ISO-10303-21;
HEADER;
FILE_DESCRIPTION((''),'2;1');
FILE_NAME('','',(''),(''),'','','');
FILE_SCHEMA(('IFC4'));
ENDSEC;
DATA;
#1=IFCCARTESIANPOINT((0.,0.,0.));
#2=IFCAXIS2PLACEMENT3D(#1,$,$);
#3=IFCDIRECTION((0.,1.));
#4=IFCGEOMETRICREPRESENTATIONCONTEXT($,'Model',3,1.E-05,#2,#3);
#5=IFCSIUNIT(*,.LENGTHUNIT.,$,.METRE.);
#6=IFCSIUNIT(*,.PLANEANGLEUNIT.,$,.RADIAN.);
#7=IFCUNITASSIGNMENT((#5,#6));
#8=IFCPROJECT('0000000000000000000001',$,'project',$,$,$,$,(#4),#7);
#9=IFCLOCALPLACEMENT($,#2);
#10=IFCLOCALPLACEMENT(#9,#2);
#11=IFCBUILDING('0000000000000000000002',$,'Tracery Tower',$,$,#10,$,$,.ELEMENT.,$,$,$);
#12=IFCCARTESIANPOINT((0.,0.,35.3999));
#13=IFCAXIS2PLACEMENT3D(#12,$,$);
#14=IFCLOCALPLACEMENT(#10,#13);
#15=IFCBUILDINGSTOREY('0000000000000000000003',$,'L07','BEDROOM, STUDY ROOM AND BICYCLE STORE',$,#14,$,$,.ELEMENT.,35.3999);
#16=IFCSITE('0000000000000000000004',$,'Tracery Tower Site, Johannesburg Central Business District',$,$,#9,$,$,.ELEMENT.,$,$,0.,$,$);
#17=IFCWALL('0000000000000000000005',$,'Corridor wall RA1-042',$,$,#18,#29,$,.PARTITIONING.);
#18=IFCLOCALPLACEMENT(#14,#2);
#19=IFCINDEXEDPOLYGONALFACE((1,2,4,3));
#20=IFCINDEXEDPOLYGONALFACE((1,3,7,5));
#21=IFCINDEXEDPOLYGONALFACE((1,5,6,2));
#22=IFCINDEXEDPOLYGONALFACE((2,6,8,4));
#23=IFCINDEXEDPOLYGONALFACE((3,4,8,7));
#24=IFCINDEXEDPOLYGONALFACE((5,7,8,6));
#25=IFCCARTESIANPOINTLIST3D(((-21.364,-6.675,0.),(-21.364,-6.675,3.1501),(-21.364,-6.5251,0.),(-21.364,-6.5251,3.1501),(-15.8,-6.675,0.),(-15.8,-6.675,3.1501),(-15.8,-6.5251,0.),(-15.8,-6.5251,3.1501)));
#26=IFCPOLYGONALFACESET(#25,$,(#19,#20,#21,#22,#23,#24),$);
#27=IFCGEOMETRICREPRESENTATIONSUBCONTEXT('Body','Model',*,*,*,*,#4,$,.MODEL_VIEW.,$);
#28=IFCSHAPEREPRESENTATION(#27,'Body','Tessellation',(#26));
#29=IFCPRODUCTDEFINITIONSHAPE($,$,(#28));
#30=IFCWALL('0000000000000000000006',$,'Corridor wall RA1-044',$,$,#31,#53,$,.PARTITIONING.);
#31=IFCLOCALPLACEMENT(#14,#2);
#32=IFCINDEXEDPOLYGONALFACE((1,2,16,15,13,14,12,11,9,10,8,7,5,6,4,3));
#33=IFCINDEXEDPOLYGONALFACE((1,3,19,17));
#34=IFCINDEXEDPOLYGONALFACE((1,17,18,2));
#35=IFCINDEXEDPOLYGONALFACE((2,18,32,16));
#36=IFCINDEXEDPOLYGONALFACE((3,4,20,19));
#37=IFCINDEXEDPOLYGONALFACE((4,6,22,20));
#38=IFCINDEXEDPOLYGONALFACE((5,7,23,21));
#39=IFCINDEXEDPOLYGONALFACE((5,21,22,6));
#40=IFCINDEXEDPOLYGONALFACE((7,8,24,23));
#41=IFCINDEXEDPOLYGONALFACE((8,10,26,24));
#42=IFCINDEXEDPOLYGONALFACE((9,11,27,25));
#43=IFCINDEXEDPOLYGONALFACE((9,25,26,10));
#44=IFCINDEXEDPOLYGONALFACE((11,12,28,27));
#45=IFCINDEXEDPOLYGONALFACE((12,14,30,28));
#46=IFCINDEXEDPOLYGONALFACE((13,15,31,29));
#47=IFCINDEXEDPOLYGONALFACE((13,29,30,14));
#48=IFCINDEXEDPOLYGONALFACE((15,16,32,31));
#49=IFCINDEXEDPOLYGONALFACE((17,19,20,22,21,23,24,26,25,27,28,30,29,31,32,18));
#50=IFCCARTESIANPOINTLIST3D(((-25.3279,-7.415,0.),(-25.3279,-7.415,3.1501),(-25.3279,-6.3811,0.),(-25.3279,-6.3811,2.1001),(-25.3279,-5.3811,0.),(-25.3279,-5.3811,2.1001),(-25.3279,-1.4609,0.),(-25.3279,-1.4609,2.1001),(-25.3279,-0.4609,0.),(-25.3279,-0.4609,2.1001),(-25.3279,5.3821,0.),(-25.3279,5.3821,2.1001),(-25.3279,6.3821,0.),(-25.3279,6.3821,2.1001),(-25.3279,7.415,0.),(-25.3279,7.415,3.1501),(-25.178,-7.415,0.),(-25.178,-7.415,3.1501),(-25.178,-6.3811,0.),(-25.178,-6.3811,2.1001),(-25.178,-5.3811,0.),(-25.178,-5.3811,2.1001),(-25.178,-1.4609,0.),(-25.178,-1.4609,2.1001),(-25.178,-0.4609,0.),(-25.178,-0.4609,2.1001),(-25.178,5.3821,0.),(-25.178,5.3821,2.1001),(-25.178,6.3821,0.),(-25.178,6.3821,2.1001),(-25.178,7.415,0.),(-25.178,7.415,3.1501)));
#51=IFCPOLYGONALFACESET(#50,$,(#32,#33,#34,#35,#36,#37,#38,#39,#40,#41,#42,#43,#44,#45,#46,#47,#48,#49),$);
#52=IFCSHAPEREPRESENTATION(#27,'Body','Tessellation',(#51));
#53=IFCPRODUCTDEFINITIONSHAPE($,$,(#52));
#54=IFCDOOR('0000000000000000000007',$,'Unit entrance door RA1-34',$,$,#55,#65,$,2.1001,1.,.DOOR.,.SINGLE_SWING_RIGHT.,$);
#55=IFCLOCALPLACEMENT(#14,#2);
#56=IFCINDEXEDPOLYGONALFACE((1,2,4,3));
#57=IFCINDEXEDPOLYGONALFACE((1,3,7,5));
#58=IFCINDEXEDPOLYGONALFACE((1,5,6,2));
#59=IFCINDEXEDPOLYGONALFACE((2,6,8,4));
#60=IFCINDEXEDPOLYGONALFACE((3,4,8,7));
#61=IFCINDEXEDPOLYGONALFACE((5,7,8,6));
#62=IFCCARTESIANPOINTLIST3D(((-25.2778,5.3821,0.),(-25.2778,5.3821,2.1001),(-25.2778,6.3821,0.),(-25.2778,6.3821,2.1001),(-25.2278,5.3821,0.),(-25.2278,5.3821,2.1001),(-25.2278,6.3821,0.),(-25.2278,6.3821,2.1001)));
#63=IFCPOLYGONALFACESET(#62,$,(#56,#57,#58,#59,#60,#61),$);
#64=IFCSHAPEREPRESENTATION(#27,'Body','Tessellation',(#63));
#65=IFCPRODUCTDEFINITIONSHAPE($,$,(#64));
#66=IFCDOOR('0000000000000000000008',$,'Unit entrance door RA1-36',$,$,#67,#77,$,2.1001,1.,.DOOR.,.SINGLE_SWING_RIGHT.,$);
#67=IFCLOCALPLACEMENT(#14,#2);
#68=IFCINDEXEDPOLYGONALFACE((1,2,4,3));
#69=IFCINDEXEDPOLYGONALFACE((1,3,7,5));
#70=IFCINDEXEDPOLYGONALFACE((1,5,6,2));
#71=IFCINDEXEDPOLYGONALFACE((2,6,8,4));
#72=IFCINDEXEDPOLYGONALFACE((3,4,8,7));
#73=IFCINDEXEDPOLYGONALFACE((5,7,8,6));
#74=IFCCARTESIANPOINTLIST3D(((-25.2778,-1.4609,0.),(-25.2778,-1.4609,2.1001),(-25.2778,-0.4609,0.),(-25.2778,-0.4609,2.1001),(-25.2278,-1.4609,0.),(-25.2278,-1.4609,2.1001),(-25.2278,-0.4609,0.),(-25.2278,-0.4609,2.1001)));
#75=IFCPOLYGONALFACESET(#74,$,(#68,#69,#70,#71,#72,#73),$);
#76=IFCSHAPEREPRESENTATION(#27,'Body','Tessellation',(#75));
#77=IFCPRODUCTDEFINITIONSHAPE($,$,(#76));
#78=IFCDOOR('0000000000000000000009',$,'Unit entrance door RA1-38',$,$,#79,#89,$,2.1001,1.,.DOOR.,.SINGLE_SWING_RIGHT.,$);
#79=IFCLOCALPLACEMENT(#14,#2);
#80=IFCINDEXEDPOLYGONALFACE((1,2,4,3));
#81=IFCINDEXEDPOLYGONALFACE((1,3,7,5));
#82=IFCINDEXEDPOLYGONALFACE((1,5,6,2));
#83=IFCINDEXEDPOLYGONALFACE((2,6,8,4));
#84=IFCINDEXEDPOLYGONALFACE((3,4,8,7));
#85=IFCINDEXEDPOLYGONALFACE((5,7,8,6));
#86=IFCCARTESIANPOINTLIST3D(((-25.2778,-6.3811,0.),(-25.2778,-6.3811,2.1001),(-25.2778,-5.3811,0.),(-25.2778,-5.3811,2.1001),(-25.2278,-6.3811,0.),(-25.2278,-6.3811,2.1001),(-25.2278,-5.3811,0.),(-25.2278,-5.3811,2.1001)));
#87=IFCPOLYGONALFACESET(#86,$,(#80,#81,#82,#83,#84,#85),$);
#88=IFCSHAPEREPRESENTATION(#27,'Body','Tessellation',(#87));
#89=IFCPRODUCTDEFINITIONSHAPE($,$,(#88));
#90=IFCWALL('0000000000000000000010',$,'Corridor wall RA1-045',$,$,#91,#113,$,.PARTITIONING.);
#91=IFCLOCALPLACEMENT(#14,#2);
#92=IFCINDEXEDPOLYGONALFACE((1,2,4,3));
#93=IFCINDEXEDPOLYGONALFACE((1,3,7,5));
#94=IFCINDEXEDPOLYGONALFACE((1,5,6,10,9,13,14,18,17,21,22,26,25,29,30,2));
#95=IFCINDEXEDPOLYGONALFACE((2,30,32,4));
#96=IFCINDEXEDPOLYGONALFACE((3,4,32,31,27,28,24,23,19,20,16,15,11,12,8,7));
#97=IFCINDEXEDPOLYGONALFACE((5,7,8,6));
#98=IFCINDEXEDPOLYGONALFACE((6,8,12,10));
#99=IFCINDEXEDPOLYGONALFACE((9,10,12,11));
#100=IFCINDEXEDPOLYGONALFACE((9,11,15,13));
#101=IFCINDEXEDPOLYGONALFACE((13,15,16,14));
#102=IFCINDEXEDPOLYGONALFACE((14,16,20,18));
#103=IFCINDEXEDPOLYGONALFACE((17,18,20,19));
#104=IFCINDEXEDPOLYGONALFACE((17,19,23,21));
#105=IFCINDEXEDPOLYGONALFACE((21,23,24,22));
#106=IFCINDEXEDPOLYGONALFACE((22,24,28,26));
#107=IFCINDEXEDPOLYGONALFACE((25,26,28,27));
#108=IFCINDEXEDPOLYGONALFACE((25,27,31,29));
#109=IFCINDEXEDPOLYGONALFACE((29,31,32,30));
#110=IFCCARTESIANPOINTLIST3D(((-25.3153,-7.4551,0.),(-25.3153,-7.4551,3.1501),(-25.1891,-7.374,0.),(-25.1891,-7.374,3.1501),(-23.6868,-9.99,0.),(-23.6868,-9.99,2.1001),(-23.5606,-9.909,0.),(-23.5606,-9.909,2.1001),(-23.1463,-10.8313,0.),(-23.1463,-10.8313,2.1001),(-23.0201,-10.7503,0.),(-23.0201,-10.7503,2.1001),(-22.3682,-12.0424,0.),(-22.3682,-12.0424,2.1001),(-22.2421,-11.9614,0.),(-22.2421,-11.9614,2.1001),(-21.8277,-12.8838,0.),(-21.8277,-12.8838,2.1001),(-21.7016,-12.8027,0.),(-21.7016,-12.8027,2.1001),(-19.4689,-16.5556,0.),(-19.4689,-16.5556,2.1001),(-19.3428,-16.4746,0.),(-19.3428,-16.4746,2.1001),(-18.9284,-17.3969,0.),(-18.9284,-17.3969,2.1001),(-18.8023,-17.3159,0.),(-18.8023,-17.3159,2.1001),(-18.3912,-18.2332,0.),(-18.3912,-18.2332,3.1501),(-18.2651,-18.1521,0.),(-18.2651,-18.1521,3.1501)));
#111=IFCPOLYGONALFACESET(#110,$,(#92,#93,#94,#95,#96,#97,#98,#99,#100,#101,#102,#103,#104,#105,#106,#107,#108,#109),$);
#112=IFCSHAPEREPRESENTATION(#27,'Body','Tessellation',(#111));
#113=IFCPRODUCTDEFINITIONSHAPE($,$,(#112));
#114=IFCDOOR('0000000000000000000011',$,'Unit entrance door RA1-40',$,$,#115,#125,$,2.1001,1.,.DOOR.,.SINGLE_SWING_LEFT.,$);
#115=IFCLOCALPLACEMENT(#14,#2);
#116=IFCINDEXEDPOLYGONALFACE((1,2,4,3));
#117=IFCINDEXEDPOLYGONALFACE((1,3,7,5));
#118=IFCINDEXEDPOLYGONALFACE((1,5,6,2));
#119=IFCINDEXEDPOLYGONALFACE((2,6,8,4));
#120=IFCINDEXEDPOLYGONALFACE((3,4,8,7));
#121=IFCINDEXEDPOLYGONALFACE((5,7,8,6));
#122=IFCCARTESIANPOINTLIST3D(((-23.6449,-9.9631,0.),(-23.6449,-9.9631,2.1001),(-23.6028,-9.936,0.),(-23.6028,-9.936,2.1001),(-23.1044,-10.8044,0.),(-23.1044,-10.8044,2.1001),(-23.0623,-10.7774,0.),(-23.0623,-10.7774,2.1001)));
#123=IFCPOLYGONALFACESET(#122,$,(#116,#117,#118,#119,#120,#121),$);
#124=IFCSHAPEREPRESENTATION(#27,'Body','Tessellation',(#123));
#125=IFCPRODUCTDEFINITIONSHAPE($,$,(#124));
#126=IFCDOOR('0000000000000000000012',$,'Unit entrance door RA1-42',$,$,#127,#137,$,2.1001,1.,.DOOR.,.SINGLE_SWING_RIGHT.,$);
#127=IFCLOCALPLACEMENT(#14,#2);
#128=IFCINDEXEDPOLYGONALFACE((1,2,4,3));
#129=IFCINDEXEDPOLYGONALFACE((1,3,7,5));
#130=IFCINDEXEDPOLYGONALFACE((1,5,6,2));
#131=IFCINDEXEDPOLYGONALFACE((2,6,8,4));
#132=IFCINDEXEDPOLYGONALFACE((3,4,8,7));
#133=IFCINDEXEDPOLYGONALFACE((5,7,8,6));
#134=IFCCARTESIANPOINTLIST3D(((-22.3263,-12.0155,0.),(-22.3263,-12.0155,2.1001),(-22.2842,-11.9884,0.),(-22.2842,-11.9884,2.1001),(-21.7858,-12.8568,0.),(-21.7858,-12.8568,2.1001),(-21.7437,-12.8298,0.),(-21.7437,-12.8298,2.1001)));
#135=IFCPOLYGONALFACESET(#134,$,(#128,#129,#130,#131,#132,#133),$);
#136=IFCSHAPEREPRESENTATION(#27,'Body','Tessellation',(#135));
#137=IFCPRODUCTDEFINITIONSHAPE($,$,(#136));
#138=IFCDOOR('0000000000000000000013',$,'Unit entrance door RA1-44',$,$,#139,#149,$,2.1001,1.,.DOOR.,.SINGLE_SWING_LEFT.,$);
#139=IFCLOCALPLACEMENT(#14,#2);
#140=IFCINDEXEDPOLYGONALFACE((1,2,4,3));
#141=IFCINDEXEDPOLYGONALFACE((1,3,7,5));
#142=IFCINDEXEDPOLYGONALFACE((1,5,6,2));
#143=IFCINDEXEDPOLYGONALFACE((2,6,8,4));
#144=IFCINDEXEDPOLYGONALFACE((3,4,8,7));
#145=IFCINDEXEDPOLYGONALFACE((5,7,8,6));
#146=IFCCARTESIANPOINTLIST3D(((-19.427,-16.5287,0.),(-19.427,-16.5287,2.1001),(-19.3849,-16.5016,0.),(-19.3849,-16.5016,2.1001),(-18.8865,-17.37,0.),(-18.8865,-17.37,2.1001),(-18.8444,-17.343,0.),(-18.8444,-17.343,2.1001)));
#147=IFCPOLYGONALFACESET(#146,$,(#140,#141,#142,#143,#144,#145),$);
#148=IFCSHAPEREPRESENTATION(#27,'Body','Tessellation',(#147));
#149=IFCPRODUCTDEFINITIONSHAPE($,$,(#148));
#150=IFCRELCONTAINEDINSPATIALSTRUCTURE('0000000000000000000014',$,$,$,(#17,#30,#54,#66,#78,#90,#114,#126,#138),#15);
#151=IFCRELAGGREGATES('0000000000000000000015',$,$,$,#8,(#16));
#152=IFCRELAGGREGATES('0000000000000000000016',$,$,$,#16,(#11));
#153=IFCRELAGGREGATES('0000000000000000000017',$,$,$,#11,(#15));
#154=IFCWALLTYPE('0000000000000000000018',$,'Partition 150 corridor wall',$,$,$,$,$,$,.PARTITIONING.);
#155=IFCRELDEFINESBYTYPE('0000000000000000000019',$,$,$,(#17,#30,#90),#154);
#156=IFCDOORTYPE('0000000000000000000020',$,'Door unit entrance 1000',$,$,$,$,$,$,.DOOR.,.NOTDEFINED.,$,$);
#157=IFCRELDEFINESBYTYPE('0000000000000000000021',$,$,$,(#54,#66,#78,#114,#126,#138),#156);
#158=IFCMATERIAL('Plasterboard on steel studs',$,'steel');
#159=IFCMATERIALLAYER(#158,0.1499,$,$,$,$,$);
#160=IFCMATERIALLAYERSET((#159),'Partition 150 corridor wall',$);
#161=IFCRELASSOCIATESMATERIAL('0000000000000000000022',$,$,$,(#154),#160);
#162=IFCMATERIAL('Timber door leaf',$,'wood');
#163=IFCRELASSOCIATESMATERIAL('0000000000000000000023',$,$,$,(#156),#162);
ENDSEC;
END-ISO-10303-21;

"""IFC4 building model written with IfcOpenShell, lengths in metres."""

from ifc_helpers import new_model, si_unit, direction, frame, frame_2d, origin, place, context, subcontext, project, spatial, rectangle, extrude, material, layer, layer_set, type_object, element, fill, save


model = new_model("IFC4")

# Units and contexts
model_context = context("Model", 3, precision=1e-05, world=origin(), true_north=direction((0.0, 1.0)))
body_context = subcontext(model_context, "Body", "Model", "MODEL_VIEW")
ifc_project = project(units=[si_unit("LENGTHUNIT", "METRE"), si_unit("PLANEANGLEUNIT", "RADIAN")], contexts=[model_context])

# Site, building, storey
site_placement = place(None, origin())
site = spatial("IfcSite", under=ifc_project, at=site_placement, Name="Tracery Tower Site, Johannesburg Central Business District", CompositionType="ELEMENT", RefElevation=0.0)
building_placement = place(site_placement, origin())
building = spatial("IfcBuilding", under=site, at=building_placement, Name="Tracery Tower", CompositionType="ELEMENT")
storey_placement = place(building_placement, frame((0.0, 0.0, 35.3999)))
storey = spatial("IfcBuildingStorey", under=building, at=storey_placement, Name="L07", Description="BEDROOM, STUDY ROOM AND BICYCLE STORE", CompositionType="ELEMENT", Elevation=35.3999)

# Wall
ifc_material_1 = material(Name="Plasterboard on steel studs", Category="steel")
ifc_layer_1 = layer(ifc_material_1, 0.1499)
ifc_layer_set_1 = layer_set([ifc_layer_1], Name="Partition 150 corridor wall")
wall_type_1 = type_object("IfcWallType", Name="Partition 150 corridor wall", PredefinedType="PARTITIONING", material=ifc_layer_set_1)
wall_1_placement = place(storey_placement, frame((-21.364, -6.6001, 0.0), z_axis=(0.0, 0.0, 1.0), x_axis=(1.0, 0.0, 0.0)))
element("IfcWall", 1, at=wall_1_placement, inside=storey, type_object=wall_type_1, Name="Corridor wall RA1-042", PredefinedType="PARTITIONING", context=body_context, shape_type="SweptSolid", body=[
    extrude(rectangle(XDim=5.564, YDim=0.1499, at=frame_2d((2.782, 0.0))), origin(), (0.0, 0.0, 1.0), 3.1501),
])

# Walls, openings, doors
wall_2_placement = place(storey_placement, frame((-25.2529, -7.415, 0.0), z_axis=(0.0, 0.0, 1.0), x_axis=(0.0, 1.0, 0.0)))
wall_2 = element("IfcWall", 2, at=wall_2_placement, inside=storey, type_object=wall_type_1, Name="Corridor wall RA1-044", PredefinedType="PARTITIONING", context=body_context, shape_type="SweptSolid", body=[
    extrude(rectangle(XDim=14.8301, YDim=0.1499, at=frame_2d((7.415, 0.0))), origin(), (0.0, 0.0, 1.0), 3.1501),
])
opening_1_placement = place(wall_2_placement, frame((12.7971, 0.0, 0.0)))
opening_1 = element("IfcOpeningElement", 3, at=opening_1_placement, cuts=wall_2, PredefinedType="OPENING", context=body_context, shape_type="SweptSolid", body=[
    extrude(rectangle(XDim=1.0, YDim=2.1001, at=frame_2d((0.5, 1.05))), frame((0.0, 0.075, 0.0), z_axis=(0.0, -1.0, 0.0), x_axis=(1.0, 0.0, 0.0)), (0.0, 0.0, 1.0), 0.1499),
])
opening_2_placement = place(wall_2_placement, frame((5.9541, 0.0, 0.0)))
opening_2 = element("IfcOpeningElement", 4, at=opening_2_placement, cuts=wall_2, PredefinedType="OPENING", context=body_context, shape_type="SweptSolid", body=[
    extrude(rectangle(XDim=1.0, YDim=2.1001, at=frame_2d((0.5, 1.05))), frame((0.0, 0.075, 0.0), z_axis=(0.0, -1.0, 0.0), x_axis=(1.0, 0.0, 0.0)), (0.0, 0.0, 1.0), 0.1499),
])
opening_3_placement = place(wall_2_placement, frame((1.0339, 0.0, 0.0)))
opening_3 = element("IfcOpeningElement", 5, at=opening_3_placement, cuts=wall_2, PredefinedType="OPENING", context=body_context, shape_type="SweptSolid", body=[
    extrude(rectangle(XDim=1.0, YDim=2.1001, at=frame_2d((0.5, 1.05))), frame((0.0, 0.075, 0.0), z_axis=(0.0, -1.0, 0.0), x_axis=(1.0, 0.0, 0.0)), (0.0, 0.0, 1.0), 0.1499),
])
ifc_material_2 = material(Name="Timber door leaf", Category="wood")
door_type_1 = type_object("IfcDoorType", Name="Door unit entrance 1000", OperationType="NOTDEFINED", PredefinedType="DOOR", material=ifc_material_2)
door_1_placement = place(opening_1_placement, origin())
door_1 = element("IfcDoor", 6, at=door_1_placement, inside=storey, type_object=door_type_1, Name="Unit entrance door RA1-34", OperationType="SINGLE_SWING_RIGHT", OverallHeight=2.1001, OverallWidth=1.0, PredefinedType="DOOR", context=body_context, shape_type="SweptSolid", body=[
    extrude(rectangle(XDim=1.0, YDim=2.1001, at=frame_2d((0.5, 1.05))), frame((0.0, 0.0249, 0.0), z_axis=(0.0, -1.0, 0.0), x_axis=(1.0, 0.0, 0.0)), (0.0, 0.0, 1.0), 0.05),
])
fill(opening_1, door_1)
door_2_placement = place(opening_2_placement, origin())
door_2 = element("IfcDoor", 7, at=door_2_placement, inside=storey, type_object=door_type_1, Name="Unit entrance door RA1-36", OperationType="SINGLE_SWING_RIGHT", OverallHeight=2.1001, OverallWidth=1.0, PredefinedType="DOOR", context=body_context, shape_type="SweptSolid", body=[
    extrude(rectangle(XDim=1.0, YDim=2.1001, at=frame_2d((0.5, 1.05))), frame((0.0, 0.0249, 0.0), z_axis=(0.0, -1.0, 0.0), x_axis=(1.0, 0.0, 0.0)), (0.0, 0.0, 1.0), 0.05),
])
fill(opening_2, door_2)
door_3_placement = place(opening_3_placement, origin())
door_3 = element("IfcDoor", 8, at=door_3_placement, inside=storey, type_object=door_type_1, Name="Unit entrance door RA1-38", OperationType="SINGLE_SWING_RIGHT", OverallHeight=2.1001, OverallWidth=1.0, PredefinedType="DOOR", context=body_context, shape_type="SweptSolid", body=[
    extrude(rectangle(XDim=1.0, YDim=2.1001, at=frame_2d((0.5, 1.05))), frame((0.0, 0.0249, 0.0), z_axis=(0.0, -1.0, 0.0), x_axis=(1.0, 0.0, 0.0)), (0.0, 0.0, 1.0), 0.05),
])
fill(opening_3, door_3)
wall_3_placement = place(storey_placement, frame((-25.2522, -7.4146, 0.0), z_axis=(0.0, 0.0, 1.0), x_axis=(0.540498, -0.841345, 0.0)))
wall_3 = element("IfcWall", 9, at=wall_3_placement, inside=storey, type_object=wall_type_1, Name="Corridor wall RA1-045", PredefinedType="PARTITIONING", context=body_context, shape_type="SweptSolid", body=[
    extrude(rectangle(XDim=12.8105, YDim=0.1499, at=frame_2d((6.4053, 0.0))), origin(), (0.0, 0.0, 1.0), 3.1501),
])
opening_4_placement = place(wall_3_placement, frame((3.0129, 0.0, 0.0)))
opening_4 = element("IfcOpeningElement", 10, at=opening_4_placement, cuts=wall_3, PredefinedType="OPENING", context=body_context, shape_type="SweptSolid", body=[
    extrude(rectangle(XDim=1.0, YDim=2.1001, at=frame_2d((0.5, 1.05))), frame((0.0, 0.075, 0.0), z_axis=(0.0, -1.0, 0.0), x_axis=(1.0, 0.0, 0.0)), (0.0, 0.0, 1.0), 0.1499),
])
opening_5_placement = place(wall_3_placement, frame((5.4524, 0.0, 0.0)))
opening_5 = element("IfcOpeningElement", 11, at=opening_5_placement, cuts=wall_3, PredefinedType="OPENING", context=body_context, shape_type="SweptSolid", body=[
    extrude(rectangle(XDim=1.0, YDim=2.1001, at=frame_2d((0.5, 1.05))), frame((0.0, 0.075, 0.0), z_axis=(0.0, -1.0, 0.0), x_axis=(1.0, 0.0, 0.0)), (0.0, 0.0, 1.0), 0.1499),
])
opening_6_placement = place(wall_3_placement, frame((10.8167, 0.0, 0.0)))
opening_6 = element("IfcOpeningElement", 12, at=opening_6_placement, cuts=wall_3, PredefinedType="OPENING", context=body_context, shape_type="SweptSolid", body=[
    extrude(rectangle(XDim=1.0, YDim=2.1001, at=frame_2d((0.5, 1.05))), frame((0.0, 0.075, 0.0), z_axis=(0.0, -1.0, 0.0), x_axis=(1.0, 0.0, 0.0)), (0.0, 0.0, 1.0), 0.1499),
])
door_4_placement = place(opening_4_placement, origin())
door_4 = element("IfcDoor", 13, at=door_4_placement, inside=storey, type_object=door_type_1, Name="Unit entrance door RA1-40", OperationType="SINGLE_SWING_LEFT", OverallHeight=2.1001, OverallWidth=1.0, PredefinedType="DOOR", context=body_context, shape_type="SweptSolid", body=[
    extrude(rectangle(XDim=1.0, YDim=2.1001, at=frame_2d((0.5, 1.05))), frame((0.0, 0.0249, 0.0), z_axis=(0.0, -1.0, 0.0), x_axis=(1.0, 0.0, 0.0)), (0.0, 0.0, 1.0), 0.05),
])
fill(opening_4, door_4)
door_5_placement = place(opening_5_placement, origin())
door_5 = element("IfcDoor", 14, at=door_5_placement, inside=storey, type_object=door_type_1, Name="Unit entrance door RA1-42", OperationType="SINGLE_SWING_RIGHT", OverallHeight=2.1001, OverallWidth=1.0, PredefinedType="DOOR", context=body_context, shape_type="SweptSolid", body=[
    extrude(rectangle(XDim=1.0, YDim=2.1001, at=frame_2d((0.5, 1.05))), frame((0.0, 0.0249, 0.0), z_axis=(0.0, -1.0, 0.0), x_axis=(1.0, 0.0, 0.0)), (0.0, 0.0, 1.0), 0.05),
])
fill(opening_5, door_5)
door_6_placement = place(opening_6_placement, origin())
door_6 = element("IfcDoor", 15, at=door_6_placement, inside=storey, type_object=door_type_1, Name="Unit entrance door RA1-44", OperationType="SINGLE_SWING_LEFT", OverallHeight=2.1001, OverallWidth=1.0, PredefinedType="DOOR", context=body_context, shape_type="SweptSolid", body=[
    extrude(rectangle(XDim=1.0, YDim=2.1001, at=frame_2d((0.5, 1.05))), frame((0.0, 0.0249, 0.0), z_axis=(0.0, -1.0, 0.0), x_axis=(1.0, 0.0, 0.0)), (0.0, 0.0, 1.0), 0.05),
])
fill(opening_6, door_6)

save(model, "model.ifc")
